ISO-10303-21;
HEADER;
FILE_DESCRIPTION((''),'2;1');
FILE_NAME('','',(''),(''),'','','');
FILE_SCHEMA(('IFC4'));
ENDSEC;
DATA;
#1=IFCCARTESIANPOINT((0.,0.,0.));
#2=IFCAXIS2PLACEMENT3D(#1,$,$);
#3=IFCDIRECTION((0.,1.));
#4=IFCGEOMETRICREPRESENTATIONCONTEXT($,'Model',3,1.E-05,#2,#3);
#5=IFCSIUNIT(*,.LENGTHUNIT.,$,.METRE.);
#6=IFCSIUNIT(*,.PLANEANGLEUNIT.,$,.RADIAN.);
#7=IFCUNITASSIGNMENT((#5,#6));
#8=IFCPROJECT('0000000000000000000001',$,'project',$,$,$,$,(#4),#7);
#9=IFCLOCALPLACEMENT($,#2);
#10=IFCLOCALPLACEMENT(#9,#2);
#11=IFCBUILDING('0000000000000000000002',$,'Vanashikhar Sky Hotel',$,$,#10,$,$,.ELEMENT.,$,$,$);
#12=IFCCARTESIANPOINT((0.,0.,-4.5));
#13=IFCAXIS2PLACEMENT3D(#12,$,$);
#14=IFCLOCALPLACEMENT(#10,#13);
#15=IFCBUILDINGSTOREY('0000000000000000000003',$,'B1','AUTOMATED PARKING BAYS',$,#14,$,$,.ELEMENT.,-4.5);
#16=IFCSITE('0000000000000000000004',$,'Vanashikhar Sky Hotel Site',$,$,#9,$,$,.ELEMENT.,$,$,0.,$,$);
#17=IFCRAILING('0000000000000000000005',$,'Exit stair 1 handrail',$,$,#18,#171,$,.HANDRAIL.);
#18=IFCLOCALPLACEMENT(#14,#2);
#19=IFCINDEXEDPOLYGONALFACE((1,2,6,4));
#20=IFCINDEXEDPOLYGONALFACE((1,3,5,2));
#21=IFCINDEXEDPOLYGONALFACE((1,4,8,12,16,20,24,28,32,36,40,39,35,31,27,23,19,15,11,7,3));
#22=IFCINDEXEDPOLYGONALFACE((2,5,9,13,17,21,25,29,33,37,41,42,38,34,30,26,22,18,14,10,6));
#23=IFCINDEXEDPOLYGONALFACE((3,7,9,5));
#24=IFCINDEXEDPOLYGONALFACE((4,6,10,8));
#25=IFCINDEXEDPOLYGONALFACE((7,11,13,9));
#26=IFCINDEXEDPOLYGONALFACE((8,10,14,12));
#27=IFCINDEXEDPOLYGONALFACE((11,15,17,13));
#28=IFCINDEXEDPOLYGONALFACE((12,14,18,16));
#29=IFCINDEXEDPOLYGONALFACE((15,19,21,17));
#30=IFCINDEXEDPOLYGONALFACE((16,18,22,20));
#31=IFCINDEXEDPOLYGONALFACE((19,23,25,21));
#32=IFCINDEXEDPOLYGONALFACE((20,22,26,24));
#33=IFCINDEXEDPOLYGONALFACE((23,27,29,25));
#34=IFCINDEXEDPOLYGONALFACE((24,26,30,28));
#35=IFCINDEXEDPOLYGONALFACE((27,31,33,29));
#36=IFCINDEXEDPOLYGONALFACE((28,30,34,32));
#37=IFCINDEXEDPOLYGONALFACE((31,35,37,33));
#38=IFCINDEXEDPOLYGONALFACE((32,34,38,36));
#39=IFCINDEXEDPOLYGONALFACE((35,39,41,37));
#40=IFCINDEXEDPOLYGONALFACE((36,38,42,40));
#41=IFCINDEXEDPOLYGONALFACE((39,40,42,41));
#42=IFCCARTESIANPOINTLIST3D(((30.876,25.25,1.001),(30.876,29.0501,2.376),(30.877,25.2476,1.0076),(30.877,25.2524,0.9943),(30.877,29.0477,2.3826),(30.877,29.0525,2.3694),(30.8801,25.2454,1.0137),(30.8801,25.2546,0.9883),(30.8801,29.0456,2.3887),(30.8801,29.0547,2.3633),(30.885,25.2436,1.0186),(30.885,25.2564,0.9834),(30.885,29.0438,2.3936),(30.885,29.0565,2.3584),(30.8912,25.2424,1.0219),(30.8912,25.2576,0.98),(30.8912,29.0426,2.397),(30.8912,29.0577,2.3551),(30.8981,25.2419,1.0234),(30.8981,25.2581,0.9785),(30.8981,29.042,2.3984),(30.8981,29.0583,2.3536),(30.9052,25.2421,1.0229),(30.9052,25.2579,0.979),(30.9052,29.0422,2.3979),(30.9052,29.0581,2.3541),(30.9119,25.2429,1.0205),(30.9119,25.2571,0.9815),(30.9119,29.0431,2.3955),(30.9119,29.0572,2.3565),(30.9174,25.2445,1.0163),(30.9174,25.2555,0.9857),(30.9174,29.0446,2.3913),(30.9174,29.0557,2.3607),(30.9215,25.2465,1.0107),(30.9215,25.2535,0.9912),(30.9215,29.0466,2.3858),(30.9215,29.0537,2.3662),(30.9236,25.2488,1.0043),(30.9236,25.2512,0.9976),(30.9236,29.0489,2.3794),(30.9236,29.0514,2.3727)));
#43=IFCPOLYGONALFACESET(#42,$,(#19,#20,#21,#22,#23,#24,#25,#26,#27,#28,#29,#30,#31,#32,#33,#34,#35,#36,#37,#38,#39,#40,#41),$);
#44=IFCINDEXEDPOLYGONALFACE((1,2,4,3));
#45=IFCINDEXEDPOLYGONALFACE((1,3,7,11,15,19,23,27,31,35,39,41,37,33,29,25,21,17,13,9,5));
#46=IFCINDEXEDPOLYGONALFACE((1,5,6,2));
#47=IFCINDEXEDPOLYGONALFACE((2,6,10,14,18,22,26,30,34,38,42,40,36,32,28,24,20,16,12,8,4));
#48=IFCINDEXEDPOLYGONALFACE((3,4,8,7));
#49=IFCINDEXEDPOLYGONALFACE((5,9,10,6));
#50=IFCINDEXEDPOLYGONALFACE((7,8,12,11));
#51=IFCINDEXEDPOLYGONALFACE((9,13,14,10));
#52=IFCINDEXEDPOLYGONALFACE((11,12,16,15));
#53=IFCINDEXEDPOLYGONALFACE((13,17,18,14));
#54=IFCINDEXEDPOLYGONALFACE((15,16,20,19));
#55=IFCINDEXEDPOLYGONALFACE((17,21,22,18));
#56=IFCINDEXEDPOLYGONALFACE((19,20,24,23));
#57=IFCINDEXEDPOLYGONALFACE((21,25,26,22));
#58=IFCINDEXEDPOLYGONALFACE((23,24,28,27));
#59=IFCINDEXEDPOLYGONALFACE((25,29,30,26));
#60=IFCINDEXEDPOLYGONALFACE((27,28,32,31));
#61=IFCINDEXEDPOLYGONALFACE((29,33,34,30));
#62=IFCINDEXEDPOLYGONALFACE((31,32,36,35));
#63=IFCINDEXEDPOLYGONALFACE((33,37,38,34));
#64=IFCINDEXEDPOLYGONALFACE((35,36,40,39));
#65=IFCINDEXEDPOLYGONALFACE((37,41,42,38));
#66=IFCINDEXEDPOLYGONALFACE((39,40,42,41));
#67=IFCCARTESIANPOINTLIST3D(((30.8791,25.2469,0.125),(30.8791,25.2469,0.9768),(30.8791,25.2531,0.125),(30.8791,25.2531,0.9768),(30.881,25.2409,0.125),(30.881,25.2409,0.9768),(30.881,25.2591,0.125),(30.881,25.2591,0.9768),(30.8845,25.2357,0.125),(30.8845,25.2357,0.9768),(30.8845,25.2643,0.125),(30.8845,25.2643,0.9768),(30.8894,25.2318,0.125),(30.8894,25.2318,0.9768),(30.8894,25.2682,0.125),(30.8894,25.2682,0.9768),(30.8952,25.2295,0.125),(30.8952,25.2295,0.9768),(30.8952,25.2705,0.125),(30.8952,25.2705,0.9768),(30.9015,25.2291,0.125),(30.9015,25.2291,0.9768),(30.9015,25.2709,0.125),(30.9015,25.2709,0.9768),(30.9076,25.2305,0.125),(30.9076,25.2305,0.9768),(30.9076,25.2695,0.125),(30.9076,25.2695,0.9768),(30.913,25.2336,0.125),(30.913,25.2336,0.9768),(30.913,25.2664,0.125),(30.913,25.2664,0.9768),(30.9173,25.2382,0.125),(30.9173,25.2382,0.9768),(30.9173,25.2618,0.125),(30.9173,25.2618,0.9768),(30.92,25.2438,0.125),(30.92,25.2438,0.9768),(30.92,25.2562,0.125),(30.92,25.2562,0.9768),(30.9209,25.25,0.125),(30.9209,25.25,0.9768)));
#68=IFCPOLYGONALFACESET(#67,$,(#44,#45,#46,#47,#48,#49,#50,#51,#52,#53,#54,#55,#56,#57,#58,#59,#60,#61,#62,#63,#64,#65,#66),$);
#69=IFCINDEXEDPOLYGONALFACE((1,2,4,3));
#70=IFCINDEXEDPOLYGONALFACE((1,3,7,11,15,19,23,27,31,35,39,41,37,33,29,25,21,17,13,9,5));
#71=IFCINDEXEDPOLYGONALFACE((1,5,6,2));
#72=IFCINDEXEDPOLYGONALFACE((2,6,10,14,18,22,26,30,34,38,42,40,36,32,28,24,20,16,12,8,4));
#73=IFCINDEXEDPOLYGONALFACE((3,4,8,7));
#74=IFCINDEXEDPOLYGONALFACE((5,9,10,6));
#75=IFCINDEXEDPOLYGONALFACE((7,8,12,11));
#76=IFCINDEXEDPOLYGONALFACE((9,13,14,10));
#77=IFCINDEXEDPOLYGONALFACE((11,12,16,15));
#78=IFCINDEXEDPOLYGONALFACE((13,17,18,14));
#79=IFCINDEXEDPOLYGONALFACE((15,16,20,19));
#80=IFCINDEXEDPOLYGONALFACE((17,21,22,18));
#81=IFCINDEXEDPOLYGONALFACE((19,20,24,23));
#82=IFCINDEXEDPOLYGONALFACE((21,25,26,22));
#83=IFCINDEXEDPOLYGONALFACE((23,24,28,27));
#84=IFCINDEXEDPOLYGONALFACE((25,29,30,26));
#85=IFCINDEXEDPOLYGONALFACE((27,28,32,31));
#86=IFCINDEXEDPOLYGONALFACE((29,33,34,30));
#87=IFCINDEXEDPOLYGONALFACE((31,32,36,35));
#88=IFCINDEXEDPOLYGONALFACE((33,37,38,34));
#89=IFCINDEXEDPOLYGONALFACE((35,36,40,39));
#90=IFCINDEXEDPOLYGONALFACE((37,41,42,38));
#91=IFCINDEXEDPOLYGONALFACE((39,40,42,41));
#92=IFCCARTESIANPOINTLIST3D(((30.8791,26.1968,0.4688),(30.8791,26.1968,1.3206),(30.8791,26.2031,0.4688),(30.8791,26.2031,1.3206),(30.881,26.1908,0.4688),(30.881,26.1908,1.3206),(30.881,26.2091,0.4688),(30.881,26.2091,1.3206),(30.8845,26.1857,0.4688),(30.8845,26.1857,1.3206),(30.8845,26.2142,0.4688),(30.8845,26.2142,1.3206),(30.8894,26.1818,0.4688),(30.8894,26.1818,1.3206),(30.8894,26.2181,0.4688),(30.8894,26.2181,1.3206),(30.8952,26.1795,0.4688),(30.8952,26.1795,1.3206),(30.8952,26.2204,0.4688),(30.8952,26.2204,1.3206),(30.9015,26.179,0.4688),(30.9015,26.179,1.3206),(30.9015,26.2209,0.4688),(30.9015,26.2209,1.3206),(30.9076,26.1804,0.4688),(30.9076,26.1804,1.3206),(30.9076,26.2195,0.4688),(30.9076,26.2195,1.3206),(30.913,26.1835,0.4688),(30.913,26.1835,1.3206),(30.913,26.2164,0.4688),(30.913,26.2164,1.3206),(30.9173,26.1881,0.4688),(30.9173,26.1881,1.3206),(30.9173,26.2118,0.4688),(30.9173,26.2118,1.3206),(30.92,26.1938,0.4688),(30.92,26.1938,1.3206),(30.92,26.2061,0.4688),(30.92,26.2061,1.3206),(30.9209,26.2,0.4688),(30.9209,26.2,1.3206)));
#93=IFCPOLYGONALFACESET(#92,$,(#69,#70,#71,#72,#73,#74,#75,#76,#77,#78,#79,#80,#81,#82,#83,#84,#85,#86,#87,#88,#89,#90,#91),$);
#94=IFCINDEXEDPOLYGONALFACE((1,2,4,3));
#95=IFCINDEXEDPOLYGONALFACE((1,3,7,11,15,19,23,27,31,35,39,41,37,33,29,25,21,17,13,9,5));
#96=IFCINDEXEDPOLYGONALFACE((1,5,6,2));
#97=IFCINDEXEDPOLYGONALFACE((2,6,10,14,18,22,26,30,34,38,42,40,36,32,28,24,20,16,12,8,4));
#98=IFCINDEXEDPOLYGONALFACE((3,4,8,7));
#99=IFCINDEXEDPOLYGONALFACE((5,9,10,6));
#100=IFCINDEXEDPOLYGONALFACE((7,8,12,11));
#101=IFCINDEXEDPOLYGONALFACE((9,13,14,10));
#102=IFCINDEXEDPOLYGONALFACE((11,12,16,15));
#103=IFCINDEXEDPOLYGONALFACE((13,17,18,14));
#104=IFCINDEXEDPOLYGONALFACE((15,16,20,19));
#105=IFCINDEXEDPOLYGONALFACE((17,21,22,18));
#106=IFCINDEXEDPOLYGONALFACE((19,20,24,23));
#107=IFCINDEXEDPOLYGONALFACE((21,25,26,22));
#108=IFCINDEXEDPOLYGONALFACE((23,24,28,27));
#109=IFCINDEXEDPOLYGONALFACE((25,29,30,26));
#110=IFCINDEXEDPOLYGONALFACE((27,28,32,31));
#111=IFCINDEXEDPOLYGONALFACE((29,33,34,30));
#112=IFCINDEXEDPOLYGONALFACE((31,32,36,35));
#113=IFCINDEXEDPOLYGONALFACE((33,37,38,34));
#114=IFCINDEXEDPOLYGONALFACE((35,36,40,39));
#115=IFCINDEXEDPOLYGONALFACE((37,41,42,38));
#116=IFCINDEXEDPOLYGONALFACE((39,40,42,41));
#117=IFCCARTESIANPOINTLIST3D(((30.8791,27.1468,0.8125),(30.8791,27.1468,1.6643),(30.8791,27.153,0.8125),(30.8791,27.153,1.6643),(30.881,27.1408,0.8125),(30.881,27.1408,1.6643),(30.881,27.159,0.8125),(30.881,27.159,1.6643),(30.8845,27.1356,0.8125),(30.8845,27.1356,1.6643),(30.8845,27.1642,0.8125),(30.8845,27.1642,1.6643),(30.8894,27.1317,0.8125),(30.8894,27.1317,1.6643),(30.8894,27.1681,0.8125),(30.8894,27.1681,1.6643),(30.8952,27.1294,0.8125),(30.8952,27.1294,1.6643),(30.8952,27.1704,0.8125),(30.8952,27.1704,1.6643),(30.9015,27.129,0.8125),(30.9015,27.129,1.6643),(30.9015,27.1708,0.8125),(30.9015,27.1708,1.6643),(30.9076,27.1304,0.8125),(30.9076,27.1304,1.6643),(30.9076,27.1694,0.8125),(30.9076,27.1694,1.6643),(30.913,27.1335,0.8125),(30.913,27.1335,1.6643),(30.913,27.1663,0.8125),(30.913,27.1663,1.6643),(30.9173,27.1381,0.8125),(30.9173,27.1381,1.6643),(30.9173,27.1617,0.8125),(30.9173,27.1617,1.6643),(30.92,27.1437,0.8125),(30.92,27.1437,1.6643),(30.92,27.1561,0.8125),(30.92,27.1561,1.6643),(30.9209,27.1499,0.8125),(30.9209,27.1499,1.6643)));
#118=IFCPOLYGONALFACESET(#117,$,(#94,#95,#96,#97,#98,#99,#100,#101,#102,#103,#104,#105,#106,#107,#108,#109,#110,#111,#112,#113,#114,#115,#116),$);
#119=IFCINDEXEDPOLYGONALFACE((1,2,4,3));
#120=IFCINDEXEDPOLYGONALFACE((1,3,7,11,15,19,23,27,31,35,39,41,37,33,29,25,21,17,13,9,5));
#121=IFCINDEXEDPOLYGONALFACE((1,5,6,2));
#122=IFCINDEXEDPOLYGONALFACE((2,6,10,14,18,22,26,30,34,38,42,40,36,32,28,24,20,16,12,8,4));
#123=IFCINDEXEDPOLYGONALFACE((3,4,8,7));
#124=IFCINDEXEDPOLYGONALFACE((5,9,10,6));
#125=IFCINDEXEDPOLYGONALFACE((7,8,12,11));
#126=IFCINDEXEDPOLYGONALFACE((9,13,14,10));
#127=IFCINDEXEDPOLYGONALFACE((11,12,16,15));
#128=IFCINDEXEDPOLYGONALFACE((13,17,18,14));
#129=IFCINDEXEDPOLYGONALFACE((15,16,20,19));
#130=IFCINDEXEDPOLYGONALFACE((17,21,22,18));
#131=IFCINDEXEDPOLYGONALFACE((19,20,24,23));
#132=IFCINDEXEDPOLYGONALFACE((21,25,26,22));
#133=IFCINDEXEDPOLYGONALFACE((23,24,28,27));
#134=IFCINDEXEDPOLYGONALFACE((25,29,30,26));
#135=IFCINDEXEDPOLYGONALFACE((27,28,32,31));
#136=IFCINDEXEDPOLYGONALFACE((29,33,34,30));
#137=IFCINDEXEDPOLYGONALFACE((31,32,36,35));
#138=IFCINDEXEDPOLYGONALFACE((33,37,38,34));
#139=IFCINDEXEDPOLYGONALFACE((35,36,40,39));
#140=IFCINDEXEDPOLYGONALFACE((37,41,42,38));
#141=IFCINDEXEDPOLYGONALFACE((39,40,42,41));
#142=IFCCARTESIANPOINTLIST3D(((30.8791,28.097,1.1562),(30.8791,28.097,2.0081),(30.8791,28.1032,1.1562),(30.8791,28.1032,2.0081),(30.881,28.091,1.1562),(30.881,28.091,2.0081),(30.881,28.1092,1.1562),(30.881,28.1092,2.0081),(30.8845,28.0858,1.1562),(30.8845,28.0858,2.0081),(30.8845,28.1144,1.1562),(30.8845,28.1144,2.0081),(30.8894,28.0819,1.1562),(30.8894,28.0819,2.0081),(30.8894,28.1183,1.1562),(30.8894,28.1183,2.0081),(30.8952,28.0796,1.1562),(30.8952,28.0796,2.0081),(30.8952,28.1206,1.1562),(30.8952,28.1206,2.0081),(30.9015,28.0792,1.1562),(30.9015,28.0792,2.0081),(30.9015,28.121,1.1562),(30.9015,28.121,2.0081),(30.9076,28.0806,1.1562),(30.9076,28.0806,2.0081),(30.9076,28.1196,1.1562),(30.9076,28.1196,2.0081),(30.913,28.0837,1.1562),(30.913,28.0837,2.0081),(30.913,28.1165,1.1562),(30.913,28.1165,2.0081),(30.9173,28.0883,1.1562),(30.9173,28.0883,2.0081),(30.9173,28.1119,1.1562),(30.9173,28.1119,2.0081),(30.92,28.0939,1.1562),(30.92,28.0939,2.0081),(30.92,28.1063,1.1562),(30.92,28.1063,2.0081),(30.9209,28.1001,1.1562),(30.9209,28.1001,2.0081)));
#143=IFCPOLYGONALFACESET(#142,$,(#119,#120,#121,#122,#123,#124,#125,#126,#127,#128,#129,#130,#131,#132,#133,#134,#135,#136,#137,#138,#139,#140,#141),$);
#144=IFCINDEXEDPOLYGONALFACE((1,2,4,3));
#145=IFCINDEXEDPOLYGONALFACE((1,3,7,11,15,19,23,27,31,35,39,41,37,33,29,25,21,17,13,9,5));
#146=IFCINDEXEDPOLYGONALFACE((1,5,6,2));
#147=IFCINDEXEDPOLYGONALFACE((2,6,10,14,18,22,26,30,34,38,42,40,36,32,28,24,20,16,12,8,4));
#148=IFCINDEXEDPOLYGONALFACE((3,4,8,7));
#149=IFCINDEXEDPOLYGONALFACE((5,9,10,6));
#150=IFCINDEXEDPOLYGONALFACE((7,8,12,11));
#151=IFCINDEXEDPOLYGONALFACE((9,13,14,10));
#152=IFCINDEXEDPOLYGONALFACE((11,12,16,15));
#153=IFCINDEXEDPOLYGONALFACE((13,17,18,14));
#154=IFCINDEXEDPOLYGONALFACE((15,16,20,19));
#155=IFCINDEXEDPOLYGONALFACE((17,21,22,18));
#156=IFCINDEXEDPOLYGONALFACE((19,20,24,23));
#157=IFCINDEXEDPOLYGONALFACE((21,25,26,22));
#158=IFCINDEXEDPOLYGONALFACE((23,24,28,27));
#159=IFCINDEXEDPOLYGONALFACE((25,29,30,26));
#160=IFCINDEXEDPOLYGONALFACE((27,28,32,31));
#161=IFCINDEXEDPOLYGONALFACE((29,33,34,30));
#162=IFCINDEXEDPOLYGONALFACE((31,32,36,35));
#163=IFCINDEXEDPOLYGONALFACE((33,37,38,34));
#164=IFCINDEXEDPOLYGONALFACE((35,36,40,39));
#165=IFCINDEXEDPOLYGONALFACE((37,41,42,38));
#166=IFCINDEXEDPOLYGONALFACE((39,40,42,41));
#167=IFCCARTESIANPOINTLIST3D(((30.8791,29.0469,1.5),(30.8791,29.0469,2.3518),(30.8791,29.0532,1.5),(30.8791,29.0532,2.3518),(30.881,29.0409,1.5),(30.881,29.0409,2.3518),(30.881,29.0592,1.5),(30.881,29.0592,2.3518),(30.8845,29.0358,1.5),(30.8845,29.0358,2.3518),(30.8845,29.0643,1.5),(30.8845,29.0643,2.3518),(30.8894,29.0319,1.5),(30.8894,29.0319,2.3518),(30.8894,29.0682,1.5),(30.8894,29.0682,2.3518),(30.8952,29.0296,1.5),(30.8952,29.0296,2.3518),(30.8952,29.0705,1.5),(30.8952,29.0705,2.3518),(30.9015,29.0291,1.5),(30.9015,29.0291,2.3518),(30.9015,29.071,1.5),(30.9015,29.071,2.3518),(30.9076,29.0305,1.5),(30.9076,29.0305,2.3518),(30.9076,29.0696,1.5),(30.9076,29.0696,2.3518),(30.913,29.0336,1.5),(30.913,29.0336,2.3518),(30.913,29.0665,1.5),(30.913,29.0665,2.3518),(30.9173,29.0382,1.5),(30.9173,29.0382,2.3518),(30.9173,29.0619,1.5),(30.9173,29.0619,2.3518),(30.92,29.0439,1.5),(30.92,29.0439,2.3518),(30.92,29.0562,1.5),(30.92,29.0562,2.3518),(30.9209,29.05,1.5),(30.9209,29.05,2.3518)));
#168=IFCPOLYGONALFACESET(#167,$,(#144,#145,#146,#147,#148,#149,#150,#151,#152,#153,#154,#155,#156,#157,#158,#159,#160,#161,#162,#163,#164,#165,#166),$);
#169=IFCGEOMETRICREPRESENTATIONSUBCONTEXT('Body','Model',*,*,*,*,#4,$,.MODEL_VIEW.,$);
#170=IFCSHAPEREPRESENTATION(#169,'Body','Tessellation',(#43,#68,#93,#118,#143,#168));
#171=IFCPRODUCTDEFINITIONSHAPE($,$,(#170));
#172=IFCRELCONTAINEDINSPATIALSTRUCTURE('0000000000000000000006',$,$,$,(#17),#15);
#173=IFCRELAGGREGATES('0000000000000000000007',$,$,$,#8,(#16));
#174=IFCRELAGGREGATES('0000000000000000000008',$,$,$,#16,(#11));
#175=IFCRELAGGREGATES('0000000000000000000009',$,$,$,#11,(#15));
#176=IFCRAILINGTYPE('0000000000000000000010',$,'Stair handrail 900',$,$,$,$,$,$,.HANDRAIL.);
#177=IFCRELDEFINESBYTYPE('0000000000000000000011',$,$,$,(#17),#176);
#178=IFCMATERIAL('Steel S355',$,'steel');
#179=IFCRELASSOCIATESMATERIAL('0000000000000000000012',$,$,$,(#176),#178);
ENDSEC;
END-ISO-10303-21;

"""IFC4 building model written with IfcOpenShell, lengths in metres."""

from ifc_helpers import new_model, si_unit, direction, frame, origin, origin_2d, place, context, subcontext, project, spatial, circle, extrude, source, transform, mapped, material, type_object, element, save


model = new_model("IFC4")

# Units and contexts
model_context = context("Model", 3, precision=1e-05, world=origin(), true_north=direction((0.0, 1.0)))
body_context = subcontext(model_context, "Body", "Model", "MODEL_VIEW")
ifc_project = project(units=[si_unit("LENGTHUNIT", "METRE"), si_unit("PLANEANGLEUNIT", "RADIAN")], contexts=[model_context])

# Site, building, storey
site_placement = place(None, origin())
site = spatial("IfcSite", under=ifc_project, at=site_placement, Name="Vanashikhar Sky Hotel Site", CompositionType="ELEMENT", RefElevation=0.0)
building_placement = place(site_placement, origin())
building = spatial("IfcBuilding", under=site, at=building_placement, Name="Vanashikhar Sky Hotel", CompositionType="ELEMENT")
storey_placement = place(building_placement, frame((0.0, 0.0, -4.5)))
storey = spatial("IfcBuildingStorey", under=building, at=storey_placement, Name="B1", Description="AUTOMATED PARKING BAYS", CompositionType="ELEMENT", Elevation=-4.5)

# Railing
ifc_material_1 = material(Name="Steel S355", Category="steel")
railing_type_1 = type_object("IfcRailingType", Name="Stair handrail 900", PredefinedType="HANDRAIL", material=ifc_material_1)
shared_shape_1 = source(origin(), body_context, "Body", "SweptSolid", [
    extrude(circle(Radius=0.0239, at=origin_2d()), frame((0.0, 0.0, 0.876), z_axis=(0.0, 0.940336, 0.340249), x_axis=(-1.0, 0.0, 0.0)), (0.0, 0.0, 1.0), 4.0413),
    extrude(circle(Radius=0.021, at=origin_2d()), origin(), (0.0, 0.0, 1.0), 0.8518),
    extrude(circle(Radius=0.021, at=origin_2d()), frame((0.0, 0.95, 0.3438)), (0.0, 0.0, 1.0), 0.8518),
    extrude(circle(Radius=0.021, at=origin_2d()), frame((0.0, 1.8999, 0.6875)), (0.0, 0.0, 1.0), 0.8518),
    extrude(circle(Radius=0.021, at=origin_2d()), frame((0.0, 2.8501, 1.0312)), (0.0, 0.0, 1.0), 0.8518),
    extrude(circle(Radius=0.021, at=origin_2d()), frame((0.0, 3.8, 1.375)), (0.0, 0.0, 1.0), 0.8518),
])
for number, where, name in (
    (1, (30.8999, 25.25, 0.125), "Exit stair 1 handrail"),
):
    element("IfcRailing", number, at=place(storey_placement, frame(where)), inside=storey, type_object=railing_type_1, Name=name, PredefinedType="HANDRAIL", context=body_context, shape_type="MappedRepresentation", body=[
        mapped(shared_shape_1, transform((0.0, 0.0, 0.0), scale=1.0)),
    ])

save(model, "model.ifc")
